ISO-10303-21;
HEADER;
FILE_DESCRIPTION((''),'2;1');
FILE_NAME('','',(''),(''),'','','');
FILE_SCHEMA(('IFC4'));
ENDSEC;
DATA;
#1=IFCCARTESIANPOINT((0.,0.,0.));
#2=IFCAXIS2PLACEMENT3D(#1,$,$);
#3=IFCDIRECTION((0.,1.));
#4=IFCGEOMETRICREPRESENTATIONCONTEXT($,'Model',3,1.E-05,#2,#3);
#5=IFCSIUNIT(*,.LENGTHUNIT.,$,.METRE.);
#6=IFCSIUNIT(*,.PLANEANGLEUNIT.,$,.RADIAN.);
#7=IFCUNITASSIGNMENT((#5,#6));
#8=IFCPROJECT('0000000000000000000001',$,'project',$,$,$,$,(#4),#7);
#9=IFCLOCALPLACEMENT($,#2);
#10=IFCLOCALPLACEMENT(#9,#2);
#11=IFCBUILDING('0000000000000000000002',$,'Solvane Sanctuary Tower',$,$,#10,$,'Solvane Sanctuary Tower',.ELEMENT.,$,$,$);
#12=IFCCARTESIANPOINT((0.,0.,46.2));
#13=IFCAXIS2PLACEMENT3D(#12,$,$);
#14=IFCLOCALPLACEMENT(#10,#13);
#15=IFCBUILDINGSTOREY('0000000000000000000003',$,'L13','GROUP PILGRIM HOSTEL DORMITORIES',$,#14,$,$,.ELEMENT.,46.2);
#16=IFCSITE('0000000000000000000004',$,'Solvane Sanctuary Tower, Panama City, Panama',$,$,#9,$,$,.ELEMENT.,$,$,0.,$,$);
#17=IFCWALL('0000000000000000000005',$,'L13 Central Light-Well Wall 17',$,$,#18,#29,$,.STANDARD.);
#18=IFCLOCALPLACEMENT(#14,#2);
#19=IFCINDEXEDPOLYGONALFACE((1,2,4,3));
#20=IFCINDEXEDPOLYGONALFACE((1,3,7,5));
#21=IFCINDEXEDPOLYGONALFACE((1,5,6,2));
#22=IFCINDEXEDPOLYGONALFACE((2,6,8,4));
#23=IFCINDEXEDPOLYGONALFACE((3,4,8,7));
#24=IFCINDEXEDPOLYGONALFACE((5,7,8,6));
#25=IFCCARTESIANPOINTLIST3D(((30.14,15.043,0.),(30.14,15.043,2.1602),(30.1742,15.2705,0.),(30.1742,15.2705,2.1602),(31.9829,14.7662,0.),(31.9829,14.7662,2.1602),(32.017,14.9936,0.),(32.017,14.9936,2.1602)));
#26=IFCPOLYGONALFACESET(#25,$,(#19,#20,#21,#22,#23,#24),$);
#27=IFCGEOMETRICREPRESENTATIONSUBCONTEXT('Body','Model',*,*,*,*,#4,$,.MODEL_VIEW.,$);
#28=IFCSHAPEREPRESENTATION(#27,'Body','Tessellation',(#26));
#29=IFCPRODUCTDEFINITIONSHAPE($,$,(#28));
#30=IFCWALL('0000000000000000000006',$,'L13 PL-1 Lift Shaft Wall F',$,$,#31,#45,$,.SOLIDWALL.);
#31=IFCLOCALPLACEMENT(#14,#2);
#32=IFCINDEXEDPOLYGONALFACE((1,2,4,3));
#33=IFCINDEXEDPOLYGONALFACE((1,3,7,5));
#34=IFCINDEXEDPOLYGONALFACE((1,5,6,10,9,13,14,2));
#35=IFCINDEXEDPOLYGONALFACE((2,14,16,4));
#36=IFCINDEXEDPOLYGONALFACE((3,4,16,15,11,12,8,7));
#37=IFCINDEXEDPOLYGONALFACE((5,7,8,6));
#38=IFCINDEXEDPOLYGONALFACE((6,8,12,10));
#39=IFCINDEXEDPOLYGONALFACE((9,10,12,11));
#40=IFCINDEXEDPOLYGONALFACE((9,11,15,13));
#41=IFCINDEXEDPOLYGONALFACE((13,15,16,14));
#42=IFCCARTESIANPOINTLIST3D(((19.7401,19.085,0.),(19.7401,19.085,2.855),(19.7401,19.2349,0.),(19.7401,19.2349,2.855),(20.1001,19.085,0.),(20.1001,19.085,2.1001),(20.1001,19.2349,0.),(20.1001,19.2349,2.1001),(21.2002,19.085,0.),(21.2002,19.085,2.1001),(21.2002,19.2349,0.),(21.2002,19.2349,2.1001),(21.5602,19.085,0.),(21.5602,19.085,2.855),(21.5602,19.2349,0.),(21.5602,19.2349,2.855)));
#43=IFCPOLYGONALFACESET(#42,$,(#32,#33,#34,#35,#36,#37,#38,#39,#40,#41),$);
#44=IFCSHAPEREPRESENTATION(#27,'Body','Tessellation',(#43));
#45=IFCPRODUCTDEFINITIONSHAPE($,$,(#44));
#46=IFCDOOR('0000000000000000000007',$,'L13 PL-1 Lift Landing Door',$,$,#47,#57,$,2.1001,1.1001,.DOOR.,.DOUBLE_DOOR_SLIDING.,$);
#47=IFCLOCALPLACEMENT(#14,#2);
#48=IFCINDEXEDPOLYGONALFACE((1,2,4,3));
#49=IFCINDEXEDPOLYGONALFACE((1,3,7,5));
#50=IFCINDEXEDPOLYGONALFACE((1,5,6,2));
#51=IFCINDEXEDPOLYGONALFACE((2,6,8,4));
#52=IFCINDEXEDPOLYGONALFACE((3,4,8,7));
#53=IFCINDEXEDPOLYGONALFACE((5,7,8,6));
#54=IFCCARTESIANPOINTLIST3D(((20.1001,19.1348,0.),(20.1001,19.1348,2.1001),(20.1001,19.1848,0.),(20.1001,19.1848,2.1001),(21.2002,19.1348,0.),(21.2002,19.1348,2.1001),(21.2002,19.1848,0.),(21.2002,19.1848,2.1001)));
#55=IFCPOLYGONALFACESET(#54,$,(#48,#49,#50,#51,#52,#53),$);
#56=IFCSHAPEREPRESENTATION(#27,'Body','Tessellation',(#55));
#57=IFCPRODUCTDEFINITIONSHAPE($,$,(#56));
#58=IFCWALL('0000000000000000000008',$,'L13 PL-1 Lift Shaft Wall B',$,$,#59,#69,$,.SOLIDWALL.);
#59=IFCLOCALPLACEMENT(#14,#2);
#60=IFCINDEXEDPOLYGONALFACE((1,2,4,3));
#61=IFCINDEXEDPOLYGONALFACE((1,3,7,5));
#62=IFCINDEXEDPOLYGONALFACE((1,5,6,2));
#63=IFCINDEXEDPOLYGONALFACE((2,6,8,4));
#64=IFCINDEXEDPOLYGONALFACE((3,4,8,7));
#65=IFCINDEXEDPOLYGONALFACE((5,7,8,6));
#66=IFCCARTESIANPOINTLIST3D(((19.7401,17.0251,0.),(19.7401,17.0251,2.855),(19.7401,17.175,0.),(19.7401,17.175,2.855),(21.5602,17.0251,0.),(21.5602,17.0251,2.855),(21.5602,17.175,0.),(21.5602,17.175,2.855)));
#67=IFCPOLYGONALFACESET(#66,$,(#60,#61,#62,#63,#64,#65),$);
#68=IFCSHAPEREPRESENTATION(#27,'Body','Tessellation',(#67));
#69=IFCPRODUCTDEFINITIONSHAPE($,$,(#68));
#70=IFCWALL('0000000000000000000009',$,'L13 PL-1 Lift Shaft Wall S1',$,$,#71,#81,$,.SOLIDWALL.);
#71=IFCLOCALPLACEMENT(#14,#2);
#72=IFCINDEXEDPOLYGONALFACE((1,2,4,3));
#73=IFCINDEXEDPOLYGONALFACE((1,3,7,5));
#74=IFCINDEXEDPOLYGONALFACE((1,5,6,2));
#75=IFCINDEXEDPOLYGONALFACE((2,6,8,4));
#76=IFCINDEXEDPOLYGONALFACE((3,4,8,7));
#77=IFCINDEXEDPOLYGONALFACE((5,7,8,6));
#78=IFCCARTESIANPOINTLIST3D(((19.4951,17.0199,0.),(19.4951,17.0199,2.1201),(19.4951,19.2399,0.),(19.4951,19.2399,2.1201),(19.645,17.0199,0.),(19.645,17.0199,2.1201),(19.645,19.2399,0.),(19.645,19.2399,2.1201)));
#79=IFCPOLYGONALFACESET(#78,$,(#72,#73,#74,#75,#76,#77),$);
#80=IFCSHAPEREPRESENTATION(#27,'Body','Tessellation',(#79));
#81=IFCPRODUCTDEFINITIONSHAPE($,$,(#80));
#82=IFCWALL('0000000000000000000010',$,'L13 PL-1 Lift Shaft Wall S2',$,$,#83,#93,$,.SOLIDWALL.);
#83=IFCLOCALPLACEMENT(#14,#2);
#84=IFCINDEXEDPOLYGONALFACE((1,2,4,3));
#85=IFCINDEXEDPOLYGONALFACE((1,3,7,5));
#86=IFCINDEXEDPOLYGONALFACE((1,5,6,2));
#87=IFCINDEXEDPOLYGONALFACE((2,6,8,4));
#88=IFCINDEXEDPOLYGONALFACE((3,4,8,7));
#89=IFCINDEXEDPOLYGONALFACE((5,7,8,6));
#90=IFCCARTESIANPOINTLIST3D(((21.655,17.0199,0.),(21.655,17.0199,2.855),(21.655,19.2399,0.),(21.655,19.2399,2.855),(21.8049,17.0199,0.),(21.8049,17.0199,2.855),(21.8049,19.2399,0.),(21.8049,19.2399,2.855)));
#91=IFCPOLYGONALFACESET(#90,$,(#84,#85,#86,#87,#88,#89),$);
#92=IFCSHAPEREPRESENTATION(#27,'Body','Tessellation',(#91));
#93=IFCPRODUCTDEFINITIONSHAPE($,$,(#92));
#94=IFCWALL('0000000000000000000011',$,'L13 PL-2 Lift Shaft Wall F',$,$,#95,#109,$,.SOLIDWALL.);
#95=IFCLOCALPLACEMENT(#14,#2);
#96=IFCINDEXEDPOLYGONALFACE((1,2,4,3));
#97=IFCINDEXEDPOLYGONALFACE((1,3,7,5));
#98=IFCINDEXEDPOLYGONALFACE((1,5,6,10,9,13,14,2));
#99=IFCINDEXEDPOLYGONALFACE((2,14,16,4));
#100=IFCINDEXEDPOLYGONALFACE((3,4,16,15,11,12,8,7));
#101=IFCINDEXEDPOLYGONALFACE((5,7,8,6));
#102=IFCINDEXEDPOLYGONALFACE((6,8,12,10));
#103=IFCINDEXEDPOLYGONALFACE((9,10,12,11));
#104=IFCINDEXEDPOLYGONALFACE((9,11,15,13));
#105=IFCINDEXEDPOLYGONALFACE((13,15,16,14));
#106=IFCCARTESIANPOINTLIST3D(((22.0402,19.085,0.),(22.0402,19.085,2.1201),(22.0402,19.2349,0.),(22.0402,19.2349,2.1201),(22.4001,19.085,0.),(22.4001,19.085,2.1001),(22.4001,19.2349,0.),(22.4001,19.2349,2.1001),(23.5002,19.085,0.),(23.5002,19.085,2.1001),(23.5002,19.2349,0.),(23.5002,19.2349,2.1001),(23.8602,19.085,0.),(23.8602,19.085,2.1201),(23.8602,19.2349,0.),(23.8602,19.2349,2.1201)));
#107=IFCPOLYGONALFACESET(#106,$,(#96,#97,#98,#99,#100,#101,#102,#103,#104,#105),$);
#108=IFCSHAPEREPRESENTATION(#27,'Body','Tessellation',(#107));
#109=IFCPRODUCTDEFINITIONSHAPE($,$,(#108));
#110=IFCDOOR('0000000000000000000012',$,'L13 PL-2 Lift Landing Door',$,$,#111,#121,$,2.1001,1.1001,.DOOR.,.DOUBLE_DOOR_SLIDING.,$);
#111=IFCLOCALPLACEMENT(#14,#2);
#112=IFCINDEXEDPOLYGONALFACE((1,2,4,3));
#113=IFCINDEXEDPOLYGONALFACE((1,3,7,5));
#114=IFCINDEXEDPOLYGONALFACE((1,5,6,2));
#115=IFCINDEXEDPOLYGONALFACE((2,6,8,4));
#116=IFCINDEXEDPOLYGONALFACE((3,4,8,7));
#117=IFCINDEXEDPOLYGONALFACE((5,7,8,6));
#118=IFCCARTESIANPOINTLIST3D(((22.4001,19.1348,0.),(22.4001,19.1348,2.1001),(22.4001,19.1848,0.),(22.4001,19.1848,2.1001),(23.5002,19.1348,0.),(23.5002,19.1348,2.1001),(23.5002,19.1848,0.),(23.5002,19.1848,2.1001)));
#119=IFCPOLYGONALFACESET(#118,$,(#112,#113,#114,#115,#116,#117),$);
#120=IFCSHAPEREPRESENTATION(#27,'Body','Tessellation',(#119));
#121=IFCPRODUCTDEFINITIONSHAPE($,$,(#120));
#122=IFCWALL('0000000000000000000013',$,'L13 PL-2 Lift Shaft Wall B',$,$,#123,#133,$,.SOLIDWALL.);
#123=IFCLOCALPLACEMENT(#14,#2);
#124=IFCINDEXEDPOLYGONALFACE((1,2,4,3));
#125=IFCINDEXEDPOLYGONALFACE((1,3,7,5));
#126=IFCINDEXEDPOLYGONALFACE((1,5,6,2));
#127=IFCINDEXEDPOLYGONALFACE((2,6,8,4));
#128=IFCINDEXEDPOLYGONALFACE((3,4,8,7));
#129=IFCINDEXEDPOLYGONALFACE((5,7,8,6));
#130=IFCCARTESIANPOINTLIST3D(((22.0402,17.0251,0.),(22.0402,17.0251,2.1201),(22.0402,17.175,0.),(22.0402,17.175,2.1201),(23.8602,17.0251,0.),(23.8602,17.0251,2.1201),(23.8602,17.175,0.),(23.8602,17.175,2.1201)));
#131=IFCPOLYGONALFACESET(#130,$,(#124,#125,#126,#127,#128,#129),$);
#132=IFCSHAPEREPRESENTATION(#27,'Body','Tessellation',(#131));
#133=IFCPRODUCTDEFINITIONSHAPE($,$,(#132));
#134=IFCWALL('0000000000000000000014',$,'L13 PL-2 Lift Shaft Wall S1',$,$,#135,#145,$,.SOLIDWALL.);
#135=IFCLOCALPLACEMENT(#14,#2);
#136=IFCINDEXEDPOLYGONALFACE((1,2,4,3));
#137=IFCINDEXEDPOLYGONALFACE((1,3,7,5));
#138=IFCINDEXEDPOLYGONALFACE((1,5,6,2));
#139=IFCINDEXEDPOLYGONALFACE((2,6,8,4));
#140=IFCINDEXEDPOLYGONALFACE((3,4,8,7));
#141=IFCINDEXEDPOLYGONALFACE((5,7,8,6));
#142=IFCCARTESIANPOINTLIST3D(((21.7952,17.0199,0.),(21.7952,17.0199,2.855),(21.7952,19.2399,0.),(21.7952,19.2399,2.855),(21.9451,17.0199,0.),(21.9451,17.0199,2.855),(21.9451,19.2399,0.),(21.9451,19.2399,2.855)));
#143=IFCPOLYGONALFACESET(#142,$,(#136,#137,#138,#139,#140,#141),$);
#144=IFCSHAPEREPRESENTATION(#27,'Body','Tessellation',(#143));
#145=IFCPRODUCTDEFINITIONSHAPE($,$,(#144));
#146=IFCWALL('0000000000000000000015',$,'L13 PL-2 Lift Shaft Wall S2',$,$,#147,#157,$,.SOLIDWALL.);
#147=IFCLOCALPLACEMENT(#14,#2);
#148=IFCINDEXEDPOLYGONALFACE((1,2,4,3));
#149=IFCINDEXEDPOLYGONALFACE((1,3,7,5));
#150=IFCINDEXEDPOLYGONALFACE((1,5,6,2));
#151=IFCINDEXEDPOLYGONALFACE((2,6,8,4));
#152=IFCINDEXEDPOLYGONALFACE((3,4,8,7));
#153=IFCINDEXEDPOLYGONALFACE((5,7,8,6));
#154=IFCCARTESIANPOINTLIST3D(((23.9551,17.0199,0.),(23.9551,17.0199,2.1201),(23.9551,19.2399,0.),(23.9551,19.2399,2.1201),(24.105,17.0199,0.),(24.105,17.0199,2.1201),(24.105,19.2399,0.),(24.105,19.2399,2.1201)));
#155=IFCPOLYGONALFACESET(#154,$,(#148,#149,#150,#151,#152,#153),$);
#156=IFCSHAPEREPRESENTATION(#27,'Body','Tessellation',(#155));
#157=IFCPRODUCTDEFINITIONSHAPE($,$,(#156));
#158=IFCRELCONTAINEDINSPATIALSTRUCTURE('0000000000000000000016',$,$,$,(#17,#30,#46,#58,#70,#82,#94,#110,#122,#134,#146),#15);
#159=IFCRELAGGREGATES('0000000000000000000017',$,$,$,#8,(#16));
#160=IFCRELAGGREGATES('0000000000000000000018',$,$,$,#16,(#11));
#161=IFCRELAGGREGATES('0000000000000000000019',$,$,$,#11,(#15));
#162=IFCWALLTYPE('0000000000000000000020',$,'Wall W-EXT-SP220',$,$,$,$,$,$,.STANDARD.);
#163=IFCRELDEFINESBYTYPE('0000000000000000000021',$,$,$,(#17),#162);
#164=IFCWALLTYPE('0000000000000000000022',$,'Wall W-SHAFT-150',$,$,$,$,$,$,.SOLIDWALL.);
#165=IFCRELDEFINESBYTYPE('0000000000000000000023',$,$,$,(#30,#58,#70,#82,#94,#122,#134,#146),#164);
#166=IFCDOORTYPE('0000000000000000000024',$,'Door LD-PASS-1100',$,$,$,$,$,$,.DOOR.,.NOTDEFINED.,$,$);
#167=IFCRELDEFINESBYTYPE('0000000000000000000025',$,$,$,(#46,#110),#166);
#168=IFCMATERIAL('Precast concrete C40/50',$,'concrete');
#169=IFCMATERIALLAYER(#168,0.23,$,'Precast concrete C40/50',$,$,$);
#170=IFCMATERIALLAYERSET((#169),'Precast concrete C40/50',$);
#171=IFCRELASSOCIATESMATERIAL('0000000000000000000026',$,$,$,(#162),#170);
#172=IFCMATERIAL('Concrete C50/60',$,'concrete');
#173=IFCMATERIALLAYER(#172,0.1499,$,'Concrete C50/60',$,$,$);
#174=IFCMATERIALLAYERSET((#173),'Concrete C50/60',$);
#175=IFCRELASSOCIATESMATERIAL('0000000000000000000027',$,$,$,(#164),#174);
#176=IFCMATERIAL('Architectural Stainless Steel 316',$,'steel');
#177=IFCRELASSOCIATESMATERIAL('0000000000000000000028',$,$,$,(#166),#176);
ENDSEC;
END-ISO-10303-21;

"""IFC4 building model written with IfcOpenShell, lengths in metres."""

from ifc_helpers import new_model, si_unit, direction, frame, frame_2d, origin, place, context, subcontext, project, spatial, rectangle, extrude, material, layer, layer_set, type_object, element, fill, save


model = new_model("IFC4")

# Units and contexts
model_context = context("Model", 3, precision=1e-05, world=origin(), true_north=direction((0.0, 1.0)))
body_context = subcontext(model_context, "Body", "Model", "MODEL_VIEW")
ifc_project = project(units=[si_unit("LENGTHUNIT", "METRE"), si_unit("PLANEANGLEUNIT", "RADIAN")], contexts=[model_context])

# Site, building, storey
site_placement = place(None, origin())
site = spatial("IfcSite", under=ifc_project, at=site_placement, Name="Solvane Sanctuary Tower, Panama City, Panama", CompositionType="ELEMENT", RefElevation=0.0)
building_placement = place(site_placement, origin())
building = spatial("IfcBuilding", under=site, at=building_placement, Name="Solvane Sanctuary Tower", LongName="Solvane Sanctuary Tower", CompositionType="ELEMENT")
storey_placement = place(building_placement, frame((0.0, 0.0, 46.2)))
storey = spatial("IfcBuildingStorey", under=building, at=storey_placement, Name="L13", Description="GROUP PILGRIM HOSTEL DORMITORIES", CompositionType="ELEMENT", Elevation=46.2)

# Wall
ifc_material_1 = material(Name="Precast concrete C40/50", Category="concrete")
ifc_layer_1 = layer(ifc_material_1, 0.23, Name="Precast concrete C40/50")
ifc_layer_set_1 = layer_set([ifc_layer_1], Name="Precast concrete C40/50")
wall_type_1 = type_object("IfcWallType", Name="Wall W-EXT-SP220", PredefinedType="STANDARD", material=ifc_layer_set_1)
wall_1_placement = place(storey_placement, frame((30.1572, 15.1567, 0.0), z_axis=(0.0, 0.0, 1.0), x_axis=(0.988902, -0.148571, 0.0)))
element("IfcWall", 1, at=wall_1_placement, inside=storey, type_object=wall_type_1, Name="L13 Central Light-Well Wall 17", PredefinedType="STANDARD", context=body_context, shape_type="SweptSolid", body=[
    extrude(rectangle(XDim=1.8635, YDim=0.23, at=frame_2d((0.9316, 0.0))), origin(), (0.0, 0.0, 1.0), 2.1602),
])

# Wall, opening, door
ifc_material_2 = material(Name="Concrete C50/60", Category="concrete")
ifc_layer_2 = layer(ifc_material_2, 0.1499, Name="Concrete C50/60")
ifc_layer_set_2 = layer_set([ifc_layer_2], Name="Concrete C50/60")
wall_type_2 = type_object("IfcWallType", Name="Wall W-SHAFT-150", PredefinedType="SOLIDWALL", material=ifc_layer_set_2)
wall_2_placement = place(storey_placement, frame((19.74, 19.1599, 0.0), z_axis=(0.0, 0.0, 1.0), x_axis=(1.0, 0.0, 0.0)))
wall_2 = element("IfcWall", 2, at=wall_2_placement, inside=storey, type_object=wall_type_2, Name="L13 PL-1 Lift Shaft Wall F", PredefinedType="SOLIDWALL", context=body_context, shape_type="SweptSolid", body=[
    extrude(rectangle(XDim=1.8201, YDim=0.1499, at=frame_2d((0.9102, 0.0))), origin(), (0.0, 0.0, 1.0), 2.855),
])
opening_1_placement = place(wall_2_placement, frame((0.3601, 0.0, 0.0)))
opening_1 = element("IfcOpeningElement", 3, at=opening_1_placement, cuts=wall_2, PredefinedType="OPENING", context=body_context, shape_type="SweptSolid", body=[
    extrude(rectangle(XDim=1.1001, YDim=2.1001, at=frame_2d((0.55, 1.05))), frame((0.0, 0.085, 0.0), z_axis=(0.0, -1.0, 0.0), x_axis=(1.0, 0.0, 0.0)), (0.0, 0.0, 1.0), 0.1699),
])
ifc_material_3 = material(Name="Architectural Stainless Steel 316", Category="steel")
door_type = type_object("IfcDoorType", Name="Door LD-PASS-1100", OperationType="NOTDEFINED", PredefinedType="DOOR", material=ifc_material_3)
door_1_placement = place(opening_1_placement, origin())
door_1 = element("IfcDoor", 4, at=door_1_placement, inside=storey, type_object=door_type, Name="L13 PL-1 Lift Landing Door", OperationType="DOUBLE_DOOR_SLIDING", OverallHeight=2.1001, OverallWidth=1.1001, PredefinedType="DOOR", context=body_context, shape_type="SweptSolid", body=[
    extrude(rectangle(XDim=1.1001, YDim=2.1001, at=frame_2d((0.55, 1.05))), frame((0.0, 0.0249, 0.0), z_axis=(0.0, -1.0, 0.0), x_axis=(1.0, 0.0, 0.0)), (0.0, 0.0, 1.0), 0.05),
])
fill(opening_1, door_1)

# Walls
wall_3_placement = place(storey_placement, frame((19.74, 17.1001, 0.0), z_axis=(0.0, 0.0, 1.0), x_axis=(1.0, 0.0, 0.0)))
element("IfcWall", 5, at=wall_3_placement, inside=storey, type_object=wall_type_2, Name="L13 PL-1 Lift Shaft Wall B", PredefinedType="SOLIDWALL", context=body_context, shape_type="SweptSolid", body=[
    extrude(rectangle(XDim=1.8201, YDim=0.1499, at=frame_2d((0.9102, 0.0))), origin(), (0.0, 0.0, 1.0), 2.855),
])
wall_4_placement = place(storey_placement, frame((19.5701, 17.02, 0.0), z_axis=(0.0, 0.0, 1.0), x_axis=(0.0, 1.0, 0.0)))
element("IfcWall", 6, at=wall_4_placement, inside=storey, type_object=wall_type_2, Name="L13 PL-1 Lift Shaft Wall S1", PredefinedType="SOLIDWALL", context=body_context, shape_type="SweptSolid", body=[
    extrude(rectangle(XDim=2.22, YDim=0.1499, at=frame_2d((1.1099, 0.0))), origin(), (0.0, 0.0, 1.0), 2.1201),
])
wall_5_placement = place(storey_placement, frame((21.73, 17.02, 0.0), z_axis=(0.0, 0.0, 1.0), x_axis=(0.0, 1.0, 0.0)))
element("IfcWall", 7, at=wall_5_placement, inside=storey, type_object=wall_type_2, Name="L13 PL-1 Lift Shaft Wall S2", PredefinedType="SOLIDWALL", context=body_context, shape_type="SweptSolid", body=[
    extrude(rectangle(XDim=2.22, YDim=0.1499, at=frame_2d((1.1099, 0.0))), origin(), (0.0, 0.0, 1.0), 2.855),
])

# Wall, opening, door
wall_6_placement = place(storey_placement, frame((22.04, 19.1599, 0.0), z_axis=(0.0, 0.0, 1.0), x_axis=(1.0, 0.0, 0.0)))
wall_6 = element("IfcWall", 8, at=wall_6_placement, inside=storey, type_object=wall_type_2, Name="L13 PL-2 Lift Shaft Wall F", PredefinedType="SOLIDWALL", context=body_context, shape_type="SweptSolid", body=[
    extrude(rectangle(XDim=1.8201, YDim=0.1499, at=frame_2d((0.9102, 0.0))), origin(), (0.0, 0.0, 1.0), 2.1201),
])
opening_2_placement = place(wall_6_placement, frame((0.3601, 0.0, 0.0)))
opening_2 = element("IfcOpeningElement", 9, at=opening_2_placement, cuts=wall_6, PredefinedType="OPENING", context=body_context, shape_type="SweptSolid", body=[
    extrude(rectangle(XDim=1.1001, YDim=2.1001, at=frame_2d((0.55, 1.05))), frame((0.0, 0.085, 0.0), z_axis=(0.0, -1.0, 0.0), x_axis=(1.0, 0.0, 0.0)), (0.0, 0.0, 1.0), 0.1699),
])
door_2_placement = place(opening_2_placement, origin())
door_2 = element("IfcDoor", 10, at=door_2_placement, inside=storey, type_object=door_type, Name="L13 PL-2 Lift Landing Door", OperationType="DOUBLE_DOOR_SLIDING", OverallHeight=2.1001, OverallWidth=1.1001, PredefinedType="DOOR", context=body_context, shape_type="SweptSolid", body=[
    extrude(rectangle(XDim=1.1001, YDim=2.1001, at=frame_2d((0.55, 1.05))), frame((0.0, 0.0249, 0.0), z_axis=(0.0, -1.0, 0.0), x_axis=(1.0, 0.0, 0.0)), (0.0, 0.0, 1.0), 0.05),
])
fill(opening_2, door_2)

# Walls
wall_7_placement = place(storey_placement, frame((22.04, 17.1001, 0.0), z_axis=(0.0, 0.0, 1.0), x_axis=(1.0, 0.0, 0.0)))
element("IfcWall", 11, at=wall_7_placement, inside=storey, type_object=wall_type_2, Name="L13 PL-2 Lift Shaft Wall B", PredefinedType="SOLIDWALL", context=body_context, shape_type="SweptSolid", body=[
    extrude(rectangle(XDim=1.8201, YDim=0.1499, at=frame_2d((0.9102, 0.0))), origin(), (0.0, 0.0, 1.0), 2.1201),
])
wall_8_placement = place(storey_placement, frame((21.8701, 17.02, 0.0), z_axis=(0.0, 0.0, 1.0), x_axis=(0.0, 1.0, 0.0)))
element("IfcWall", 12, at=wall_8_placement, inside=storey, type_object=wall_type_2, Name="L13 PL-2 Lift Shaft Wall S1", PredefinedType="SOLIDWALL", context=body_context, shape_type="SweptSolid", body=[
    extrude(rectangle(XDim=2.22, YDim=0.1499, at=frame_2d((1.1099, 0.0))), origin(), (0.0, 0.0, 1.0), 2.855),
])
wall_9_placement = place(storey_placement, frame((24.03, 17.02, 0.0), z_axis=(0.0, 0.0, 1.0), x_axis=(0.0, 1.0, 0.0)))
element("IfcWall", 13, at=wall_9_placement, inside=storey, type_object=wall_type_2, Name="L13 PL-2 Lift Shaft Wall S2", PredefinedType="SOLIDWALL", context=body_context, shape_type="SweptSolid", body=[
    extrude(rectangle(XDim=2.22, YDim=0.1499, at=frame_2d((1.1099, 0.0))), origin(), (0.0, 0.0, 1.0), 2.1201),
])

save(model, "model.ifc")
